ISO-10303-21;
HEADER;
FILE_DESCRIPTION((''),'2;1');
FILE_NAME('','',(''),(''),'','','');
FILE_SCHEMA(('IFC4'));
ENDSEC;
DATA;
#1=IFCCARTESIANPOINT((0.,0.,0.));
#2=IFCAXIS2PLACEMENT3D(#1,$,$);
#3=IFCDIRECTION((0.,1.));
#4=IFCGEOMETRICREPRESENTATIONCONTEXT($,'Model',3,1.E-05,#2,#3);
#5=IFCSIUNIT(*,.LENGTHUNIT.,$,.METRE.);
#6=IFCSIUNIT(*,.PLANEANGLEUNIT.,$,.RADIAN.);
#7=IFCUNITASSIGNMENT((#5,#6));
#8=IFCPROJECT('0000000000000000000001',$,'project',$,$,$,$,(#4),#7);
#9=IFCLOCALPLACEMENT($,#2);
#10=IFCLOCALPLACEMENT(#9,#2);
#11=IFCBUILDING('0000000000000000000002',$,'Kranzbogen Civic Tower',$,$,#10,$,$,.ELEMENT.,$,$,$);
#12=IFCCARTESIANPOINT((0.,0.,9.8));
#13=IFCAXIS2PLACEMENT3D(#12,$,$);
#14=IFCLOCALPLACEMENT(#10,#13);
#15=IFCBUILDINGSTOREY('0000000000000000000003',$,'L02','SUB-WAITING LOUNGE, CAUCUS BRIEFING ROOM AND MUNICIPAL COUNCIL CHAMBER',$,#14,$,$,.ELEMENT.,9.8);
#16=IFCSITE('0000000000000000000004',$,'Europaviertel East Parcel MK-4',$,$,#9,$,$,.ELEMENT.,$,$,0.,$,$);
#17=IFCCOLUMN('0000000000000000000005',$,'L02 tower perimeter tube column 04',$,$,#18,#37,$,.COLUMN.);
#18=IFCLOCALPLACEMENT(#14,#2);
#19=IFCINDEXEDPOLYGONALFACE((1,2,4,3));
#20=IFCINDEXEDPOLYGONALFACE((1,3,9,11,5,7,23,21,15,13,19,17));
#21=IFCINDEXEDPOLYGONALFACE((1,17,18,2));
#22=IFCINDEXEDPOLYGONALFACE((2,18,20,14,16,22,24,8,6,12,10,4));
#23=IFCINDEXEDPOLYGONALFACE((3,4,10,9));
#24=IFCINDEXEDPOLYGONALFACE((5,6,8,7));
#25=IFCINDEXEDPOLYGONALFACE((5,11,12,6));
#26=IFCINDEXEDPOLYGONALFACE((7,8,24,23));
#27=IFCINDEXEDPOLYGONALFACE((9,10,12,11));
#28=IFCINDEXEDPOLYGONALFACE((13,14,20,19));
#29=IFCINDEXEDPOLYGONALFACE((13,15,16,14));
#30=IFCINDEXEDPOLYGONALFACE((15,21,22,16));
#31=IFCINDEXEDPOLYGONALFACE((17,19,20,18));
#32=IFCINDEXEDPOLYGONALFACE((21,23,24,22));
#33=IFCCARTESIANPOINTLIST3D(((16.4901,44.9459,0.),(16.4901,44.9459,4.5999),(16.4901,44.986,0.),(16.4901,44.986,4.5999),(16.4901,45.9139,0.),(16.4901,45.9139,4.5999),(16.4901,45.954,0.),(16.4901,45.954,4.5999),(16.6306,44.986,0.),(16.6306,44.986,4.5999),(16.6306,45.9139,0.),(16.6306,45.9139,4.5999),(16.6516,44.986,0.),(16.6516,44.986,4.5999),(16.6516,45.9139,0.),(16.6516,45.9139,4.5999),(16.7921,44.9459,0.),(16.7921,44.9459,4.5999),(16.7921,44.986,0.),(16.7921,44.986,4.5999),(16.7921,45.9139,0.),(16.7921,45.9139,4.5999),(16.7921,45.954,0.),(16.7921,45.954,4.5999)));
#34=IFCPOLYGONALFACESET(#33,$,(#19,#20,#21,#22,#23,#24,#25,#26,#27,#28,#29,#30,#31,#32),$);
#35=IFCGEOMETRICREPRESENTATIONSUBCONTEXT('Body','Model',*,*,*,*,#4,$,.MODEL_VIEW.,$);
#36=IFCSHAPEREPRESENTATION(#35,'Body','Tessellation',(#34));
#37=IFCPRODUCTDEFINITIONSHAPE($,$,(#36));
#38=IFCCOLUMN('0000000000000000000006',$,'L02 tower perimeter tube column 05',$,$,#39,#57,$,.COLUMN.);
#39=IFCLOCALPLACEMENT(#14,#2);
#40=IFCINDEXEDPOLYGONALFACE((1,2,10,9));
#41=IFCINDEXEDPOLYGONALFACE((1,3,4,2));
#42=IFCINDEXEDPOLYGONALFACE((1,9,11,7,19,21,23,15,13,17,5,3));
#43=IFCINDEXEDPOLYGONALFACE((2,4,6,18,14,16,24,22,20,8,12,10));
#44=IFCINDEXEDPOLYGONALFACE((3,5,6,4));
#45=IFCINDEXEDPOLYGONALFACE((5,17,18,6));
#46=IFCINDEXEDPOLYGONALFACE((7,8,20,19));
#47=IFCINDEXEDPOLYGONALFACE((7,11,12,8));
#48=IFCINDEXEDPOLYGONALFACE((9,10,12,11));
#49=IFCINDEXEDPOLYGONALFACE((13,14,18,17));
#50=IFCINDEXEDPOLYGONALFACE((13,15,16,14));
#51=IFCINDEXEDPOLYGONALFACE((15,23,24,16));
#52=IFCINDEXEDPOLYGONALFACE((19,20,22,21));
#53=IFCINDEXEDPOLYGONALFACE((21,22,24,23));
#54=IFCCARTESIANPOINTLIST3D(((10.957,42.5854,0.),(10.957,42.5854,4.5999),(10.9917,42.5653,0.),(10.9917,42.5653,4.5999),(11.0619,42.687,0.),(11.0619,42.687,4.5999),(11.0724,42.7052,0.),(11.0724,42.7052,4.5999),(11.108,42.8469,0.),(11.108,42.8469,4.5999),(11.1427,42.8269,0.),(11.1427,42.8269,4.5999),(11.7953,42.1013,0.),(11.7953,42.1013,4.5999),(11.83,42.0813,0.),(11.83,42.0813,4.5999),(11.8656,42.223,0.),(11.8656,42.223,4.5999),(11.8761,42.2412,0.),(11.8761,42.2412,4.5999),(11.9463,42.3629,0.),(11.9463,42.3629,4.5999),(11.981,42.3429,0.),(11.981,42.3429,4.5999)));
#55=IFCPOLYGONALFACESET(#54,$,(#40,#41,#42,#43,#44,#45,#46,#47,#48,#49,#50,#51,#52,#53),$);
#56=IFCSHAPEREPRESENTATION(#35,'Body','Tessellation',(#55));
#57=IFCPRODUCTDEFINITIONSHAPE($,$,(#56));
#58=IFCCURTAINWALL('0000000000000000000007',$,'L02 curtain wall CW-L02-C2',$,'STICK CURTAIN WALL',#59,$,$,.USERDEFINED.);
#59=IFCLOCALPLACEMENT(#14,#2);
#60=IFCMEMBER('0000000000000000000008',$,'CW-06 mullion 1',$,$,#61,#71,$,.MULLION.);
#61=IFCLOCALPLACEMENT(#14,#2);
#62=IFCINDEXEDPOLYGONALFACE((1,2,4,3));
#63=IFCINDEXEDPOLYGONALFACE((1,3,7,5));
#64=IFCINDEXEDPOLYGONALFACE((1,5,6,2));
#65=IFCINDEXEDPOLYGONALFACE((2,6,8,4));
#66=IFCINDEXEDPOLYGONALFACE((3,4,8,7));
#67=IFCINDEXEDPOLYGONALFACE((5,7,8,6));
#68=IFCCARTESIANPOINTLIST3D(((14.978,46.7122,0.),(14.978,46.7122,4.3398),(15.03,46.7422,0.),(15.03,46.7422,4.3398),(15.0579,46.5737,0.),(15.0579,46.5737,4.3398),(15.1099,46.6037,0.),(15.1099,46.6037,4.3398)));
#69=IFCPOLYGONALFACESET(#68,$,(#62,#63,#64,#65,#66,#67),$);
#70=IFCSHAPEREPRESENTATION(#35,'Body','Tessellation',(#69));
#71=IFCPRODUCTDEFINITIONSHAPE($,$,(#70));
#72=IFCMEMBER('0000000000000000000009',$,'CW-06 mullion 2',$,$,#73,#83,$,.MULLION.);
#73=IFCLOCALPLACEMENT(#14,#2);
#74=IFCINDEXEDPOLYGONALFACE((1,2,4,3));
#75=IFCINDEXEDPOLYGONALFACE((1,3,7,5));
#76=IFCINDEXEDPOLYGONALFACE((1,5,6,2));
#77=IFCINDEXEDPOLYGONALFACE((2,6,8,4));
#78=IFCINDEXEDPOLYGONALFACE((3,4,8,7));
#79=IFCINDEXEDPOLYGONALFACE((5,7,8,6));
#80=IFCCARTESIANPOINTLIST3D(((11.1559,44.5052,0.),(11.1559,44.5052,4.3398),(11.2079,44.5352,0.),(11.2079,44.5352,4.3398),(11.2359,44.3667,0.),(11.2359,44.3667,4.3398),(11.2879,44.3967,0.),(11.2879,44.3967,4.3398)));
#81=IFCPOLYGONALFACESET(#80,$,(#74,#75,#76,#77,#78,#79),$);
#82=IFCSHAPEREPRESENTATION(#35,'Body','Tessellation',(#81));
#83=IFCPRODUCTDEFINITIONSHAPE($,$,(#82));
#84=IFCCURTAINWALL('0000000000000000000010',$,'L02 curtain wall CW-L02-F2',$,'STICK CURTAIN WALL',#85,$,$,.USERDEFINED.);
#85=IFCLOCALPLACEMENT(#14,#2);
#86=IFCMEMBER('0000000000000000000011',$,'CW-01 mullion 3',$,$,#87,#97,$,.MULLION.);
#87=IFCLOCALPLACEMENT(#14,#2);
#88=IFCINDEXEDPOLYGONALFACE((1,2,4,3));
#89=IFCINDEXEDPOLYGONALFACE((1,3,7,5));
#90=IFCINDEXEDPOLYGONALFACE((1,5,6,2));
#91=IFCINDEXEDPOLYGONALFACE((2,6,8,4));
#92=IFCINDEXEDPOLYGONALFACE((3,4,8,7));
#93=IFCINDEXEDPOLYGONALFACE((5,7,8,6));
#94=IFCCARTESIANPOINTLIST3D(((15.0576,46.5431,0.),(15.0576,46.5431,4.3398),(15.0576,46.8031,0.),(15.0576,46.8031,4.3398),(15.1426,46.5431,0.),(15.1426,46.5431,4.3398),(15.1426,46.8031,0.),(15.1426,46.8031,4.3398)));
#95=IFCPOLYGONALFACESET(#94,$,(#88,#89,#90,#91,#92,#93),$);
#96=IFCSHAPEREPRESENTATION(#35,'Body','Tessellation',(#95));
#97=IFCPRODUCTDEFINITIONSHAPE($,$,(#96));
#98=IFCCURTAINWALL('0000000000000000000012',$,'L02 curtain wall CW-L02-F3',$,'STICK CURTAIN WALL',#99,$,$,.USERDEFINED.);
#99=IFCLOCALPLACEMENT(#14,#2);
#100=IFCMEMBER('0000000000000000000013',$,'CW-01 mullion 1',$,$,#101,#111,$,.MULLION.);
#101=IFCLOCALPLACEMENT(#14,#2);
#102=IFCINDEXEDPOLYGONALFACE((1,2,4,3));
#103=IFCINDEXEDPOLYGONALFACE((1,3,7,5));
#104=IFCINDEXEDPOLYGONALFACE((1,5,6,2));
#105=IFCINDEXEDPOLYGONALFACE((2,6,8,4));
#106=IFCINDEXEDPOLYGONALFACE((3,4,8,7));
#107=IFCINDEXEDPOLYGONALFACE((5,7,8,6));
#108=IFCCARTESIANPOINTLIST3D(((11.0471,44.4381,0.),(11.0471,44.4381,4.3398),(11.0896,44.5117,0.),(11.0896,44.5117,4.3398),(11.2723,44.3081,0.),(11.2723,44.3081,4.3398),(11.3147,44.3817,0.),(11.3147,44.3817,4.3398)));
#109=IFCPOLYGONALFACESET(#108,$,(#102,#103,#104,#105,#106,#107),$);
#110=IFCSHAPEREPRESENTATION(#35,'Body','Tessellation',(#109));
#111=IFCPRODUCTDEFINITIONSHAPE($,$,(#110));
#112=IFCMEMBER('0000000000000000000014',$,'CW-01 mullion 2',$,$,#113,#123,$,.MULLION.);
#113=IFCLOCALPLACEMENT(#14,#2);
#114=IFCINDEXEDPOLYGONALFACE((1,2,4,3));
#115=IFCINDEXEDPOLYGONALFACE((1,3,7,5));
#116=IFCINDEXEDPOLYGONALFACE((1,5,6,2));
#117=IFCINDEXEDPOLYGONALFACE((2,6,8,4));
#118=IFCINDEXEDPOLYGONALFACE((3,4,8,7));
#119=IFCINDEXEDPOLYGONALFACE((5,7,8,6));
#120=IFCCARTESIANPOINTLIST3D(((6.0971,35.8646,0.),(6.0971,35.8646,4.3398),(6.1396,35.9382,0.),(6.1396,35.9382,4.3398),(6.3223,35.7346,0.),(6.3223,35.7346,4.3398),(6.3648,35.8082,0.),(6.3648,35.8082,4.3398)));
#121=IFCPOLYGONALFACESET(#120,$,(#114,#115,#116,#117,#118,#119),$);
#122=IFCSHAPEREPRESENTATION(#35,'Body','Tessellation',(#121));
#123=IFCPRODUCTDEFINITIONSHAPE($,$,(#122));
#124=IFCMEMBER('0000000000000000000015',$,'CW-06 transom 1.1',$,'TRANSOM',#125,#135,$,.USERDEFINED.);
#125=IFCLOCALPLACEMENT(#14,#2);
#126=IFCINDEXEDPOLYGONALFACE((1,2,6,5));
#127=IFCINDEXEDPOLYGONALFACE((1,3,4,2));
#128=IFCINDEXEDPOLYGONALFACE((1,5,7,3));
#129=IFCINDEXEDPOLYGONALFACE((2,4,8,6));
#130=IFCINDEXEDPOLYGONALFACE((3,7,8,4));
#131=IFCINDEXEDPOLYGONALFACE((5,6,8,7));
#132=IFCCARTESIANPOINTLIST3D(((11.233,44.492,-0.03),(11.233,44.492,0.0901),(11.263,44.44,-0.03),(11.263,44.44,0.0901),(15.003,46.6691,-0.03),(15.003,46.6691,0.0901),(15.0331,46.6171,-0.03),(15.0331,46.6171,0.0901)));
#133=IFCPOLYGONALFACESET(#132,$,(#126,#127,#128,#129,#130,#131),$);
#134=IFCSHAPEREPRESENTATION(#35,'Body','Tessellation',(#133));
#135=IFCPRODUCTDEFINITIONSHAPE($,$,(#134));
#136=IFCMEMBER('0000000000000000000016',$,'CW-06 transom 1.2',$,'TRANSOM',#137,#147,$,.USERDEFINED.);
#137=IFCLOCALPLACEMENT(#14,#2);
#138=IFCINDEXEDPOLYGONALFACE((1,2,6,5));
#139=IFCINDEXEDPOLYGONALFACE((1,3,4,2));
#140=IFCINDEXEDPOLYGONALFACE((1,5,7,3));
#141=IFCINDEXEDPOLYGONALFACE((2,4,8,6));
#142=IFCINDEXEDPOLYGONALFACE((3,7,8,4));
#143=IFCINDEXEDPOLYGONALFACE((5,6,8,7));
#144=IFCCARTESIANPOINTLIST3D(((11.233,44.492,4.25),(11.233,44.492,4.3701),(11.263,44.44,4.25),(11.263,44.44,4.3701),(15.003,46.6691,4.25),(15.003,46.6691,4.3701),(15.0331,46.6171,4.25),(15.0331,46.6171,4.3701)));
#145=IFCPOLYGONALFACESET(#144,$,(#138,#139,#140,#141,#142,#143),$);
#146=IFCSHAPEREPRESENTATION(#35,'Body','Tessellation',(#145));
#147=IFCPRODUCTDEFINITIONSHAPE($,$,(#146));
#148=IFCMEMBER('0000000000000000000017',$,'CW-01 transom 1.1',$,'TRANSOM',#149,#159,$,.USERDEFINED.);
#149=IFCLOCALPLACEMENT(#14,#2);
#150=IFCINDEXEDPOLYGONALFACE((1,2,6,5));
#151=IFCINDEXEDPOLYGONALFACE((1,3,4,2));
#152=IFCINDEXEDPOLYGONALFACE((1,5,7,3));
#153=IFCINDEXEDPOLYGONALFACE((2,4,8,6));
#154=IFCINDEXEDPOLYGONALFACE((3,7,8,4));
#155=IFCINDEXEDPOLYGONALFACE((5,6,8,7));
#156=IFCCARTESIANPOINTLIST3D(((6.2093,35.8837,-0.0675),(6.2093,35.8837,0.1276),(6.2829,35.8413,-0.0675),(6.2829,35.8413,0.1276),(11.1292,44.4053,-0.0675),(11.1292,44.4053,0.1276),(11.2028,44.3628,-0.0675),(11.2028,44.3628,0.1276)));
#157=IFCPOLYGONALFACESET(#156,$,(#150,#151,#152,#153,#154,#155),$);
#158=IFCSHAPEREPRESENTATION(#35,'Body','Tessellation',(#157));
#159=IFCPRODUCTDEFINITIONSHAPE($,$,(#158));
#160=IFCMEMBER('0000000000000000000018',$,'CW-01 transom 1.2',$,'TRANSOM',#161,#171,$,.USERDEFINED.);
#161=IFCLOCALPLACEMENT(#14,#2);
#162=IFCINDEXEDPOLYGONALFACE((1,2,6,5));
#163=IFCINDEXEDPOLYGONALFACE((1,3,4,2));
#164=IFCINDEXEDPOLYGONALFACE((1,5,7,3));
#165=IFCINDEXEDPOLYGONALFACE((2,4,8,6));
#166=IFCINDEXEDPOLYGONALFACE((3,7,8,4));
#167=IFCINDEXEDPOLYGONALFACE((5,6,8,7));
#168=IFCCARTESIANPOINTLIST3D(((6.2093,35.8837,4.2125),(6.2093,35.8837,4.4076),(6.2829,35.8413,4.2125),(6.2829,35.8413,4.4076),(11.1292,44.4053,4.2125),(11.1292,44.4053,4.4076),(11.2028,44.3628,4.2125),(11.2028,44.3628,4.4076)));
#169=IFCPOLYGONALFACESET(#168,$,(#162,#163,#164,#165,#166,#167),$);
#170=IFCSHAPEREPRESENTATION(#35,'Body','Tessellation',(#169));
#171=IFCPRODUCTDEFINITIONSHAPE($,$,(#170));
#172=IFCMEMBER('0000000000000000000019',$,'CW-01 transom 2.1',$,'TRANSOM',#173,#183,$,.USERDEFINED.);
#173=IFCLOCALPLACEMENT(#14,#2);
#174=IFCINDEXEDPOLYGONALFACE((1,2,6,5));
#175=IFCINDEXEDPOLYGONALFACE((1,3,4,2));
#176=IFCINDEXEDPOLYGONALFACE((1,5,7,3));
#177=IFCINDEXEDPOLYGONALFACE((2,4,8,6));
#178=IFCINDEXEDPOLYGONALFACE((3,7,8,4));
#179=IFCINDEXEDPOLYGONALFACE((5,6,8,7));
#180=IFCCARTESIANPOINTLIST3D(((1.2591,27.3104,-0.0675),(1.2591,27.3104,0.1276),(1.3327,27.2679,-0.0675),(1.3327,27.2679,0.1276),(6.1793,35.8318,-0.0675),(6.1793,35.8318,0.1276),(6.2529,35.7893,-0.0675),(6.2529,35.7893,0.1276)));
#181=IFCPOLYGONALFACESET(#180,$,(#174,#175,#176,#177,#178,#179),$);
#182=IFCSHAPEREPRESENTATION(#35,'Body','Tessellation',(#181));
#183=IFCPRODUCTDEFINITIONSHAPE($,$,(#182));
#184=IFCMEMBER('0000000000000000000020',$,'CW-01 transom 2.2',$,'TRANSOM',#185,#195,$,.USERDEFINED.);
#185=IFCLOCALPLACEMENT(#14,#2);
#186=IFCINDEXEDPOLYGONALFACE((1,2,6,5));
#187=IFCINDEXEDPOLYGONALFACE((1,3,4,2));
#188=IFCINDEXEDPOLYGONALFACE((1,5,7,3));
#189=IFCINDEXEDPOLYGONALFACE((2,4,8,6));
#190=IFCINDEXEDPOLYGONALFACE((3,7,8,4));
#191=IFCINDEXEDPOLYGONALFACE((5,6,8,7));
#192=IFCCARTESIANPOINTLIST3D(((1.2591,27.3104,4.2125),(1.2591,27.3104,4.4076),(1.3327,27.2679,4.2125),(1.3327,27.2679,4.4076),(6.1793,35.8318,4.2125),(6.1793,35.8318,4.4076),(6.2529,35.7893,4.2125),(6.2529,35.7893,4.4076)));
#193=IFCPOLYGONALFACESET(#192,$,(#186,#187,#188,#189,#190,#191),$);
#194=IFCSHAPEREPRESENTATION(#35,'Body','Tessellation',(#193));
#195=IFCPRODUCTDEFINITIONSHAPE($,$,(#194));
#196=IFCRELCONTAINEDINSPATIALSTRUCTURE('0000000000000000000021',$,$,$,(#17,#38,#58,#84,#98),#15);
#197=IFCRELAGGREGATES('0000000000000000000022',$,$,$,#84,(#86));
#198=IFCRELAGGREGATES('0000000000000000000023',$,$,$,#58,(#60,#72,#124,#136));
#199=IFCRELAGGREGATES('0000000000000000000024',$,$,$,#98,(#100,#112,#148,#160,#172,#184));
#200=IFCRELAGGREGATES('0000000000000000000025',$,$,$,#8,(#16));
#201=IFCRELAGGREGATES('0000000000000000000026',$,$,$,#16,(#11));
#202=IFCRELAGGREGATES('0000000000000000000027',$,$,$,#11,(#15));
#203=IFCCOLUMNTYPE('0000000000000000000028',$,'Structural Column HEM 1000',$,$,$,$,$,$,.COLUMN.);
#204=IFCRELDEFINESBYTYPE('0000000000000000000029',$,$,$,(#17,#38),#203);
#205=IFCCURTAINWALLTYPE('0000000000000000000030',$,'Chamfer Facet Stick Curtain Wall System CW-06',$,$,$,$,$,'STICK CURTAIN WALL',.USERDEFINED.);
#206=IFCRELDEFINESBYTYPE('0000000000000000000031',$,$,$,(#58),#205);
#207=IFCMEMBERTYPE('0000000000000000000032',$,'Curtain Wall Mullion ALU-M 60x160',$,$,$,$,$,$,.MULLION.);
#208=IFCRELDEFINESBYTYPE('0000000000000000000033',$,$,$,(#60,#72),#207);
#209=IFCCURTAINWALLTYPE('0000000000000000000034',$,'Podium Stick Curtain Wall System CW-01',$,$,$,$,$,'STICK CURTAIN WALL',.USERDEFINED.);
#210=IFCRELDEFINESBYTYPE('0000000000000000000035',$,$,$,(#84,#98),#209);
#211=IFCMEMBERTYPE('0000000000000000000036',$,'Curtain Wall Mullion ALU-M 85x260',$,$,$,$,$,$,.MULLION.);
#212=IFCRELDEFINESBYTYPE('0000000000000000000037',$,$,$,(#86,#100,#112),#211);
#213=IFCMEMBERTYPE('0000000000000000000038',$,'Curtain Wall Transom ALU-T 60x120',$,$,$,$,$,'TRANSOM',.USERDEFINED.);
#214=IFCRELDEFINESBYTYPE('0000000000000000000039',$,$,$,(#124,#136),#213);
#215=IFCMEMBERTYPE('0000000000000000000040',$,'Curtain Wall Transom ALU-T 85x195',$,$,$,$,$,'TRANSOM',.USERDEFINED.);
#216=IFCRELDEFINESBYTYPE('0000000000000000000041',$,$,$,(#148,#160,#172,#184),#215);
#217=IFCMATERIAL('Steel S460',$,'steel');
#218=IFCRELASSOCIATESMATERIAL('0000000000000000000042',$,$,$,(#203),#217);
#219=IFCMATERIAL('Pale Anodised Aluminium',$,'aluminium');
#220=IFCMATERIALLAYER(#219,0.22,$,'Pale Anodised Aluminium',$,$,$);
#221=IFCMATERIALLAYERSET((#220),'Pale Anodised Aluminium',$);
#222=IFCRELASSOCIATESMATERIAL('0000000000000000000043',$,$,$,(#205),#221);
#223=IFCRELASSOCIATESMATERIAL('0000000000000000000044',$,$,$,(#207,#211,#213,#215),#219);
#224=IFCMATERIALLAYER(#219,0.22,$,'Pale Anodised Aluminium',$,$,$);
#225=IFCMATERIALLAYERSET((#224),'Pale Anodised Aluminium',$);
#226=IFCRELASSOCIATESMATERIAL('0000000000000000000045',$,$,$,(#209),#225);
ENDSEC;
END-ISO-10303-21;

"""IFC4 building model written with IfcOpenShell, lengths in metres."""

from ifc_helpers import new_model, si_unit, direction, frame, origin, origin_2d, place, context, subcontext, project, spatial, rectangle, i_section, extrude, material, layer, layer_set, material_profile, profile_set, type_object, element, aggregate, save


model = new_model("IFC4")

# Units and contexts
model_context = context("Model", 3, precision=1e-05, world=origin(), true_north=direction((0.0, 1.0)))
body_context = subcontext(model_context, "Body", "Model", "MODEL_VIEW")
ifc_project = project(units=[si_unit("LENGTHUNIT", "METRE"), si_unit("PLANEANGLEUNIT", "RADIAN")], contexts=[model_context])

# Site, building, storey
site_placement = place(None, origin())
site = spatial("IfcSite", under=ifc_project, at=site_placement, Name="Europaviertel East Parcel MK-4", CompositionType="ELEMENT", RefElevation=0.0)
building_placement = place(site_placement, origin())
building = spatial("IfcBuilding", under=site, at=building_placement, Name="Kranzbogen Civic Tower", CompositionType="ELEMENT")
storey_placement = place(building_placement, frame((0.0, 0.0, 9.8)))
storey = spatial("IfcBuildingStorey", under=building, at=storey_placement, Name="L02", Description="SUB-WAITING LOUNGE, CAUCUS BRIEFING ROOM AND MUNICIPAL COUNCIL CHAMBER", CompositionType="ELEMENT", Elevation=9.8)

# Columns
ifc_material_1 = material(Name="Steel S460", Category="steel")
ifc_material_profile_1 = material_profile(ifc_material_1, i_section(OverallWidth=0.302, OverallDepth=1.0081, WebThickness=0.021, FlangeThickness=0.04, at=origin_2d()), Name="HEM 1000")
ifc_profile_set_1 = profile_set([ifc_material_profile_1], Name="Steel S460")
column_type = type_object("IfcColumnType", Name="Structural Column HEM 1000", PredefinedType="COLUMN", material=ifc_profile_set_1)
for number, where, z_axis, x_axis, name in (
    (1, (16.6411, 45.45, 0.0), (0.0, 0.0, 1.0), (1.0, 0.0, 0.0), "L02 tower perimeter tube column 04"),
    (2, (11.469, 42.4641, 0.0), (0.0, 0.0, 1.0), (0.5, 0.866025, 0.0), "L02 tower perimeter tube column 05"),
):
    element("IfcColumn", number, at=place(storey_placement, frame(where, z_axis=z_axis, x_axis=x_axis)), inside=storey, type_object=column_type, Name=name, PredefinedType="COLUMN", context=body_context, shape_type="SweptSolid", body=[
        extrude(i_section(OverallWidth=0.302, OverallDepth=1.0081, WebThickness=0.021, FlangeThickness=0.04, at=origin_2d()), origin(), (0.0, 0.0, 1.0), 4.5999),
    ])

# Curtain wall, members
ifc_material_2 = material(Name="Pale Anodised Aluminium", Category="aluminium")
ifc_layer_1 = layer(ifc_material_2, 0.22, Name="Pale Anodised Aluminium")
ifc_layer_set_1 = layer_set([ifc_layer_1], Name="Pale Anodised Aluminium")
curtain_wall_type_1 = type_object("IfcCurtainWallType", Name="Chamfer Facet Stick Curtain Wall System CW-06", ElementType="STICK CURTAIN WALL", PredefinedType="USERDEFINED", material=ifc_layer_set_1)
curtain_wall_1_placement = place(storey_placement, origin())
curtain_wall_1 = element("IfcCurtainWall", 3, at=curtain_wall_1_placement, inside=storey, type_object=curtain_wall_type_1, Name="L02 curtain wall CW-L02-C2", ObjectType="STICK CURTAIN WALL", PredefinedType="USERDEFINED")
ifc_material_profile_2 = material_profile(ifc_material_2, rectangle(XDim=0.0601, YDim=0.1599, at=origin_2d()), Name="ALU-M 60x160")
ifc_profile_set_2 = profile_set([ifc_material_profile_2], Name="Pale Anodised Aluminium")
member_type_1 = type_object("IfcMemberType", Name="Curtain Wall Mullion ALU-M 60x160", PredefinedType="MULLION", material=ifc_profile_set_2)
member_1_placement = place(storey_placement, frame((15.0439, 46.658, 0.0), z_axis=(0.0, 0.0, 1.0), x_axis=(-0.865992, -0.500058, 0.0)))
member_1 = element("IfcMember", 4, at=member_1_placement, type_object=member_type_1, Name="CW-06 mullion 1", PredefinedType="MULLION", context=body_context, shape_type="SweptSolid", body=[
    extrude(rectangle(XDim=0.0601, YDim=0.1599, at=origin_2d()), origin(), (0.0, 0.0, 1.0), 4.3398),
])
member_2_placement = place(storey_placement, frame((11.2219, 44.4509, 0.0), z_axis=(0.0, 0.0, 1.0), x_axis=(-0.865992, -0.500058, 0.0)))
member_2 = element("IfcMember", 5, at=member_2_placement, type_object=member_type_1, Name="CW-06 mullion 2", PredefinedType="MULLION", context=body_context, shape_type="SweptSolid", body=[
    extrude(rectangle(XDim=0.0601, YDim=0.1599, at=origin_2d()), origin(), (0.0, 0.0, 1.0), 4.3398),
])

# Curtain wall, member
ifc_layer_2 = layer(ifc_material_2, 0.22, Name="Pale Anodised Aluminium")
ifc_layer_set_2 = layer_set([ifc_layer_2], Name="Pale Anodised Aluminium")
curtain_wall_type_2 = type_object("IfcCurtainWallType", Name="Podium Stick Curtain Wall System CW-01", ElementType="STICK CURTAIN WALL", PredefinedType="USERDEFINED", material=ifc_layer_set_2)
curtain_wall_2_placement = place(storey_placement, origin())
curtain_wall_2 = element("IfcCurtainWall", 6, at=curtain_wall_2_placement, inside=storey, type_object=curtain_wall_type_2, Name="L02 curtain wall CW-L02-F2", ObjectType="STICK CURTAIN WALL", PredefinedType="USERDEFINED")
ifc_material_profile_3 = material_profile(ifc_material_2, rectangle(XDim=0.085, YDim=0.26, at=origin_2d()), Name="ALU-M 85x260")
ifc_profile_set_3 = profile_set([ifc_material_profile_3], Name="Pale Anodised Aluminium")
member_type_2 = type_object("IfcMemberType", Name="Curtain Wall Mullion ALU-M 85x260", PredefinedType="MULLION", material=ifc_profile_set_3)
member_3_placement = place(storey_placement, frame((15.1001, 46.6731, 0.0), z_axis=(0.0, 0.0, 1.0), x_axis=(-1.0, 0.0, 0.0)))
member_3 = element("IfcMember", 7, at=member_3_placement, type_object=member_type_2, Name="CW-01 mullion 3", PredefinedType="MULLION", context=body_context, shape_type="SweptSolid", body=[
    extrude(rectangle(XDim=0.085, YDim=0.26, at=origin_2d()), origin(), (0.0, 0.0, 1.0), 4.3398),
])
aggregate(curtain_wall_2, [member_3])

# Curtain wall, members
curtain_wall_3_placement = place(storey_placement, origin())
curtain_wall_3 = element("IfcCurtainWall", 8, at=curtain_wall_3_placement, inside=storey, type_object=curtain_wall_type_2, Name="L02 curtain wall CW-L02-F3", ObjectType="STICK CURTAIN WALL", PredefinedType="USERDEFINED")
member_4_placement = place(storey_placement, frame((11.1809, 44.4099, 0.0), z_axis=(0.0, 0.0, 1.0), x_axis=(-0.500006, -0.866022, 0.0)))
member_4 = element("IfcMember", 9, at=member_4_placement, type_object=member_type_2, Name="CW-01 mullion 1", PredefinedType="MULLION", context=body_context, shape_type="SweptSolid", body=[
    extrude(rectangle(XDim=0.085, YDim=0.26, at=origin_2d()), origin(), (0.0, 0.0, 1.0), 4.3398),
])
member_5_placement = place(storey_placement, frame((6.231, 35.8364, 0.0), z_axis=(0.0, 0.0, 1.0), x_axis=(-0.500006, -0.866022, 0.0)))
member_5 = element("IfcMember", 10, at=member_5_placement, type_object=member_type_2, Name="CW-01 mullion 2", PredefinedType="MULLION", context=body_context, shape_type="SweptSolid", body=[
    extrude(rectangle(XDim=0.085, YDim=0.26, at=origin_2d()), origin(), (0.0, 0.0, 1.0), 4.3398),
])

# Members
ifc_material_profile_4 = material_profile(ifc_material_2, rectangle(XDim=0.0601, YDim=0.1201, at=origin_2d()), Name="ALU-T 60x120")
ifc_profile_set_4 = profile_set([ifc_material_profile_4], Name="Pale Anodised Aluminium")
member_type_3 = type_object("IfcMemberType", Name="Curtain Wall Transom ALU-T 60x120", ElementType="TRANSOM", PredefinedType="USERDEFINED", material=ifc_profile_set_4)
member_6_placement = place(storey_placement, frame((15.0181, 46.6431, 0.03), z_axis=(-0.865988, -0.500065, 0.0), x_axis=(0.500065, -0.865988, 0.0)))
member_6 = element("IfcMember", 11, at=member_6_placement, type_object=member_type_3, Name="CW-06 transom 1.1", ObjectType="TRANSOM", PredefinedType="USERDEFINED", context=body_context, shape_type="SweptSolid", body=[
    extrude(rectangle(XDim=0.0601, YDim=0.1201, at=origin_2d()), origin(), (0.0, 0.0, 1.0), 4.3535),
])
member_7_placement = place(storey_placement, frame((15.0181, 46.6431, 4.3101), z_axis=(-0.865988, -0.500065, 0.0), x_axis=(0.500065, -0.865988, 0.0)))
member_7 = element("IfcMember", 12, at=member_7_placement, type_object=member_type_3, Name="CW-06 transom 1.2", ObjectType="TRANSOM", PredefinedType="USERDEFINED", context=body_context, shape_type="SweptSolid", body=[
    extrude(rectangle(XDim=0.0601, YDim=0.1201, at=origin_2d()), origin(), (0.0, 0.0, 1.0), 4.3535),
])
ifc_material_profile_5 = material_profile(ifc_material_2, rectangle(XDim=0.085, YDim=0.1951, at=origin_2d()), Name="ALU-T 85x195")
ifc_profile_set_5 = profile_set([ifc_material_profile_5], Name="Pale Anodised Aluminium")
member_type_4 = type_object("IfcMemberType", Name="Curtain Wall Transom ALU-T 85x195", ElementType="TRANSOM", PredefinedType="USERDEFINED", material=ifc_profile_set_5)
member_8_placement = place(storey_placement, frame((11.166, 44.384, 0.03), z_axis=(-0.500003, -0.866024, 0.0), x_axis=(0.866024, -0.500003, 0.0)))
member_8 = element("IfcMember", 13, at=member_8_placement, type_object=member_type_4, Name="CW-01 transom 1.1", ObjectType="TRANSOM", PredefinedType="USERDEFINED", context=body_context, shape_type="SweptSolid", body=[
    extrude(rectangle(XDim=0.085, YDim=0.1951, at=origin_2d()), origin(), (0.0, 0.0, 1.0), 9.8398),
])
member_9_placement = place(storey_placement, frame((11.166, 44.384, 4.3101), z_axis=(-0.500003, -0.866024, 0.0), x_axis=(0.866024, -0.500003, 0.0)))
member_9 = element("IfcMember", 14, at=member_9_placement, type_object=member_type_4, Name="CW-01 transom 1.2", ObjectType="TRANSOM", PredefinedType="USERDEFINED", context=body_context, shape_type="SweptSolid", body=[
    extrude(rectangle(XDim=0.085, YDim=0.1951, at=origin_2d()), origin(), (0.0, 0.0, 1.0), 9.8398),
])
member_10_placement = place(storey_placement, frame((6.2161, 35.8105, 0.03), z_axis=(-0.500022, -0.866013, 0.0), x_axis=(0.866013, -0.500022, 0.0)))
member_10 = element("IfcMember", 15, at=member_10_placement, type_object=member_type_4, Name="CW-01 transom 2.1", ObjectType="TRANSOM", PredefinedType="USERDEFINED", context=body_context, shape_type="SweptSolid", body=[
    extrude(rectangle(XDim=0.085, YDim=0.1951, at=origin_2d()), origin(), (0.0, 0.0, 1.0), 9.8398),
])
member_11_placement = place(storey_placement, frame((6.2161, 35.8105, 4.3101), z_axis=(-0.500022, -0.866013, 0.0), x_axis=(0.866013, -0.500022, 0.0)))
member_11 = element("IfcMember", 16, at=member_11_placement, type_object=member_type_4, Name="CW-01 transom 2.2", ObjectType="TRANSOM", PredefinedType="USERDEFINED", context=body_context, shape_type="SweptSolid", body=[
    extrude(rectangle(XDim=0.085, YDim=0.1951, at=origin_2d()), origin(), (0.0, 0.0, 1.0), 9.8398),
])

aggregate(curtain_wall_1, [member_1, member_2, member_6, member_7])
aggregate(curtain_wall_3, [member_4, member_5, member_8, member_9, member_10, member_11])

save(model, "model.ifc")
